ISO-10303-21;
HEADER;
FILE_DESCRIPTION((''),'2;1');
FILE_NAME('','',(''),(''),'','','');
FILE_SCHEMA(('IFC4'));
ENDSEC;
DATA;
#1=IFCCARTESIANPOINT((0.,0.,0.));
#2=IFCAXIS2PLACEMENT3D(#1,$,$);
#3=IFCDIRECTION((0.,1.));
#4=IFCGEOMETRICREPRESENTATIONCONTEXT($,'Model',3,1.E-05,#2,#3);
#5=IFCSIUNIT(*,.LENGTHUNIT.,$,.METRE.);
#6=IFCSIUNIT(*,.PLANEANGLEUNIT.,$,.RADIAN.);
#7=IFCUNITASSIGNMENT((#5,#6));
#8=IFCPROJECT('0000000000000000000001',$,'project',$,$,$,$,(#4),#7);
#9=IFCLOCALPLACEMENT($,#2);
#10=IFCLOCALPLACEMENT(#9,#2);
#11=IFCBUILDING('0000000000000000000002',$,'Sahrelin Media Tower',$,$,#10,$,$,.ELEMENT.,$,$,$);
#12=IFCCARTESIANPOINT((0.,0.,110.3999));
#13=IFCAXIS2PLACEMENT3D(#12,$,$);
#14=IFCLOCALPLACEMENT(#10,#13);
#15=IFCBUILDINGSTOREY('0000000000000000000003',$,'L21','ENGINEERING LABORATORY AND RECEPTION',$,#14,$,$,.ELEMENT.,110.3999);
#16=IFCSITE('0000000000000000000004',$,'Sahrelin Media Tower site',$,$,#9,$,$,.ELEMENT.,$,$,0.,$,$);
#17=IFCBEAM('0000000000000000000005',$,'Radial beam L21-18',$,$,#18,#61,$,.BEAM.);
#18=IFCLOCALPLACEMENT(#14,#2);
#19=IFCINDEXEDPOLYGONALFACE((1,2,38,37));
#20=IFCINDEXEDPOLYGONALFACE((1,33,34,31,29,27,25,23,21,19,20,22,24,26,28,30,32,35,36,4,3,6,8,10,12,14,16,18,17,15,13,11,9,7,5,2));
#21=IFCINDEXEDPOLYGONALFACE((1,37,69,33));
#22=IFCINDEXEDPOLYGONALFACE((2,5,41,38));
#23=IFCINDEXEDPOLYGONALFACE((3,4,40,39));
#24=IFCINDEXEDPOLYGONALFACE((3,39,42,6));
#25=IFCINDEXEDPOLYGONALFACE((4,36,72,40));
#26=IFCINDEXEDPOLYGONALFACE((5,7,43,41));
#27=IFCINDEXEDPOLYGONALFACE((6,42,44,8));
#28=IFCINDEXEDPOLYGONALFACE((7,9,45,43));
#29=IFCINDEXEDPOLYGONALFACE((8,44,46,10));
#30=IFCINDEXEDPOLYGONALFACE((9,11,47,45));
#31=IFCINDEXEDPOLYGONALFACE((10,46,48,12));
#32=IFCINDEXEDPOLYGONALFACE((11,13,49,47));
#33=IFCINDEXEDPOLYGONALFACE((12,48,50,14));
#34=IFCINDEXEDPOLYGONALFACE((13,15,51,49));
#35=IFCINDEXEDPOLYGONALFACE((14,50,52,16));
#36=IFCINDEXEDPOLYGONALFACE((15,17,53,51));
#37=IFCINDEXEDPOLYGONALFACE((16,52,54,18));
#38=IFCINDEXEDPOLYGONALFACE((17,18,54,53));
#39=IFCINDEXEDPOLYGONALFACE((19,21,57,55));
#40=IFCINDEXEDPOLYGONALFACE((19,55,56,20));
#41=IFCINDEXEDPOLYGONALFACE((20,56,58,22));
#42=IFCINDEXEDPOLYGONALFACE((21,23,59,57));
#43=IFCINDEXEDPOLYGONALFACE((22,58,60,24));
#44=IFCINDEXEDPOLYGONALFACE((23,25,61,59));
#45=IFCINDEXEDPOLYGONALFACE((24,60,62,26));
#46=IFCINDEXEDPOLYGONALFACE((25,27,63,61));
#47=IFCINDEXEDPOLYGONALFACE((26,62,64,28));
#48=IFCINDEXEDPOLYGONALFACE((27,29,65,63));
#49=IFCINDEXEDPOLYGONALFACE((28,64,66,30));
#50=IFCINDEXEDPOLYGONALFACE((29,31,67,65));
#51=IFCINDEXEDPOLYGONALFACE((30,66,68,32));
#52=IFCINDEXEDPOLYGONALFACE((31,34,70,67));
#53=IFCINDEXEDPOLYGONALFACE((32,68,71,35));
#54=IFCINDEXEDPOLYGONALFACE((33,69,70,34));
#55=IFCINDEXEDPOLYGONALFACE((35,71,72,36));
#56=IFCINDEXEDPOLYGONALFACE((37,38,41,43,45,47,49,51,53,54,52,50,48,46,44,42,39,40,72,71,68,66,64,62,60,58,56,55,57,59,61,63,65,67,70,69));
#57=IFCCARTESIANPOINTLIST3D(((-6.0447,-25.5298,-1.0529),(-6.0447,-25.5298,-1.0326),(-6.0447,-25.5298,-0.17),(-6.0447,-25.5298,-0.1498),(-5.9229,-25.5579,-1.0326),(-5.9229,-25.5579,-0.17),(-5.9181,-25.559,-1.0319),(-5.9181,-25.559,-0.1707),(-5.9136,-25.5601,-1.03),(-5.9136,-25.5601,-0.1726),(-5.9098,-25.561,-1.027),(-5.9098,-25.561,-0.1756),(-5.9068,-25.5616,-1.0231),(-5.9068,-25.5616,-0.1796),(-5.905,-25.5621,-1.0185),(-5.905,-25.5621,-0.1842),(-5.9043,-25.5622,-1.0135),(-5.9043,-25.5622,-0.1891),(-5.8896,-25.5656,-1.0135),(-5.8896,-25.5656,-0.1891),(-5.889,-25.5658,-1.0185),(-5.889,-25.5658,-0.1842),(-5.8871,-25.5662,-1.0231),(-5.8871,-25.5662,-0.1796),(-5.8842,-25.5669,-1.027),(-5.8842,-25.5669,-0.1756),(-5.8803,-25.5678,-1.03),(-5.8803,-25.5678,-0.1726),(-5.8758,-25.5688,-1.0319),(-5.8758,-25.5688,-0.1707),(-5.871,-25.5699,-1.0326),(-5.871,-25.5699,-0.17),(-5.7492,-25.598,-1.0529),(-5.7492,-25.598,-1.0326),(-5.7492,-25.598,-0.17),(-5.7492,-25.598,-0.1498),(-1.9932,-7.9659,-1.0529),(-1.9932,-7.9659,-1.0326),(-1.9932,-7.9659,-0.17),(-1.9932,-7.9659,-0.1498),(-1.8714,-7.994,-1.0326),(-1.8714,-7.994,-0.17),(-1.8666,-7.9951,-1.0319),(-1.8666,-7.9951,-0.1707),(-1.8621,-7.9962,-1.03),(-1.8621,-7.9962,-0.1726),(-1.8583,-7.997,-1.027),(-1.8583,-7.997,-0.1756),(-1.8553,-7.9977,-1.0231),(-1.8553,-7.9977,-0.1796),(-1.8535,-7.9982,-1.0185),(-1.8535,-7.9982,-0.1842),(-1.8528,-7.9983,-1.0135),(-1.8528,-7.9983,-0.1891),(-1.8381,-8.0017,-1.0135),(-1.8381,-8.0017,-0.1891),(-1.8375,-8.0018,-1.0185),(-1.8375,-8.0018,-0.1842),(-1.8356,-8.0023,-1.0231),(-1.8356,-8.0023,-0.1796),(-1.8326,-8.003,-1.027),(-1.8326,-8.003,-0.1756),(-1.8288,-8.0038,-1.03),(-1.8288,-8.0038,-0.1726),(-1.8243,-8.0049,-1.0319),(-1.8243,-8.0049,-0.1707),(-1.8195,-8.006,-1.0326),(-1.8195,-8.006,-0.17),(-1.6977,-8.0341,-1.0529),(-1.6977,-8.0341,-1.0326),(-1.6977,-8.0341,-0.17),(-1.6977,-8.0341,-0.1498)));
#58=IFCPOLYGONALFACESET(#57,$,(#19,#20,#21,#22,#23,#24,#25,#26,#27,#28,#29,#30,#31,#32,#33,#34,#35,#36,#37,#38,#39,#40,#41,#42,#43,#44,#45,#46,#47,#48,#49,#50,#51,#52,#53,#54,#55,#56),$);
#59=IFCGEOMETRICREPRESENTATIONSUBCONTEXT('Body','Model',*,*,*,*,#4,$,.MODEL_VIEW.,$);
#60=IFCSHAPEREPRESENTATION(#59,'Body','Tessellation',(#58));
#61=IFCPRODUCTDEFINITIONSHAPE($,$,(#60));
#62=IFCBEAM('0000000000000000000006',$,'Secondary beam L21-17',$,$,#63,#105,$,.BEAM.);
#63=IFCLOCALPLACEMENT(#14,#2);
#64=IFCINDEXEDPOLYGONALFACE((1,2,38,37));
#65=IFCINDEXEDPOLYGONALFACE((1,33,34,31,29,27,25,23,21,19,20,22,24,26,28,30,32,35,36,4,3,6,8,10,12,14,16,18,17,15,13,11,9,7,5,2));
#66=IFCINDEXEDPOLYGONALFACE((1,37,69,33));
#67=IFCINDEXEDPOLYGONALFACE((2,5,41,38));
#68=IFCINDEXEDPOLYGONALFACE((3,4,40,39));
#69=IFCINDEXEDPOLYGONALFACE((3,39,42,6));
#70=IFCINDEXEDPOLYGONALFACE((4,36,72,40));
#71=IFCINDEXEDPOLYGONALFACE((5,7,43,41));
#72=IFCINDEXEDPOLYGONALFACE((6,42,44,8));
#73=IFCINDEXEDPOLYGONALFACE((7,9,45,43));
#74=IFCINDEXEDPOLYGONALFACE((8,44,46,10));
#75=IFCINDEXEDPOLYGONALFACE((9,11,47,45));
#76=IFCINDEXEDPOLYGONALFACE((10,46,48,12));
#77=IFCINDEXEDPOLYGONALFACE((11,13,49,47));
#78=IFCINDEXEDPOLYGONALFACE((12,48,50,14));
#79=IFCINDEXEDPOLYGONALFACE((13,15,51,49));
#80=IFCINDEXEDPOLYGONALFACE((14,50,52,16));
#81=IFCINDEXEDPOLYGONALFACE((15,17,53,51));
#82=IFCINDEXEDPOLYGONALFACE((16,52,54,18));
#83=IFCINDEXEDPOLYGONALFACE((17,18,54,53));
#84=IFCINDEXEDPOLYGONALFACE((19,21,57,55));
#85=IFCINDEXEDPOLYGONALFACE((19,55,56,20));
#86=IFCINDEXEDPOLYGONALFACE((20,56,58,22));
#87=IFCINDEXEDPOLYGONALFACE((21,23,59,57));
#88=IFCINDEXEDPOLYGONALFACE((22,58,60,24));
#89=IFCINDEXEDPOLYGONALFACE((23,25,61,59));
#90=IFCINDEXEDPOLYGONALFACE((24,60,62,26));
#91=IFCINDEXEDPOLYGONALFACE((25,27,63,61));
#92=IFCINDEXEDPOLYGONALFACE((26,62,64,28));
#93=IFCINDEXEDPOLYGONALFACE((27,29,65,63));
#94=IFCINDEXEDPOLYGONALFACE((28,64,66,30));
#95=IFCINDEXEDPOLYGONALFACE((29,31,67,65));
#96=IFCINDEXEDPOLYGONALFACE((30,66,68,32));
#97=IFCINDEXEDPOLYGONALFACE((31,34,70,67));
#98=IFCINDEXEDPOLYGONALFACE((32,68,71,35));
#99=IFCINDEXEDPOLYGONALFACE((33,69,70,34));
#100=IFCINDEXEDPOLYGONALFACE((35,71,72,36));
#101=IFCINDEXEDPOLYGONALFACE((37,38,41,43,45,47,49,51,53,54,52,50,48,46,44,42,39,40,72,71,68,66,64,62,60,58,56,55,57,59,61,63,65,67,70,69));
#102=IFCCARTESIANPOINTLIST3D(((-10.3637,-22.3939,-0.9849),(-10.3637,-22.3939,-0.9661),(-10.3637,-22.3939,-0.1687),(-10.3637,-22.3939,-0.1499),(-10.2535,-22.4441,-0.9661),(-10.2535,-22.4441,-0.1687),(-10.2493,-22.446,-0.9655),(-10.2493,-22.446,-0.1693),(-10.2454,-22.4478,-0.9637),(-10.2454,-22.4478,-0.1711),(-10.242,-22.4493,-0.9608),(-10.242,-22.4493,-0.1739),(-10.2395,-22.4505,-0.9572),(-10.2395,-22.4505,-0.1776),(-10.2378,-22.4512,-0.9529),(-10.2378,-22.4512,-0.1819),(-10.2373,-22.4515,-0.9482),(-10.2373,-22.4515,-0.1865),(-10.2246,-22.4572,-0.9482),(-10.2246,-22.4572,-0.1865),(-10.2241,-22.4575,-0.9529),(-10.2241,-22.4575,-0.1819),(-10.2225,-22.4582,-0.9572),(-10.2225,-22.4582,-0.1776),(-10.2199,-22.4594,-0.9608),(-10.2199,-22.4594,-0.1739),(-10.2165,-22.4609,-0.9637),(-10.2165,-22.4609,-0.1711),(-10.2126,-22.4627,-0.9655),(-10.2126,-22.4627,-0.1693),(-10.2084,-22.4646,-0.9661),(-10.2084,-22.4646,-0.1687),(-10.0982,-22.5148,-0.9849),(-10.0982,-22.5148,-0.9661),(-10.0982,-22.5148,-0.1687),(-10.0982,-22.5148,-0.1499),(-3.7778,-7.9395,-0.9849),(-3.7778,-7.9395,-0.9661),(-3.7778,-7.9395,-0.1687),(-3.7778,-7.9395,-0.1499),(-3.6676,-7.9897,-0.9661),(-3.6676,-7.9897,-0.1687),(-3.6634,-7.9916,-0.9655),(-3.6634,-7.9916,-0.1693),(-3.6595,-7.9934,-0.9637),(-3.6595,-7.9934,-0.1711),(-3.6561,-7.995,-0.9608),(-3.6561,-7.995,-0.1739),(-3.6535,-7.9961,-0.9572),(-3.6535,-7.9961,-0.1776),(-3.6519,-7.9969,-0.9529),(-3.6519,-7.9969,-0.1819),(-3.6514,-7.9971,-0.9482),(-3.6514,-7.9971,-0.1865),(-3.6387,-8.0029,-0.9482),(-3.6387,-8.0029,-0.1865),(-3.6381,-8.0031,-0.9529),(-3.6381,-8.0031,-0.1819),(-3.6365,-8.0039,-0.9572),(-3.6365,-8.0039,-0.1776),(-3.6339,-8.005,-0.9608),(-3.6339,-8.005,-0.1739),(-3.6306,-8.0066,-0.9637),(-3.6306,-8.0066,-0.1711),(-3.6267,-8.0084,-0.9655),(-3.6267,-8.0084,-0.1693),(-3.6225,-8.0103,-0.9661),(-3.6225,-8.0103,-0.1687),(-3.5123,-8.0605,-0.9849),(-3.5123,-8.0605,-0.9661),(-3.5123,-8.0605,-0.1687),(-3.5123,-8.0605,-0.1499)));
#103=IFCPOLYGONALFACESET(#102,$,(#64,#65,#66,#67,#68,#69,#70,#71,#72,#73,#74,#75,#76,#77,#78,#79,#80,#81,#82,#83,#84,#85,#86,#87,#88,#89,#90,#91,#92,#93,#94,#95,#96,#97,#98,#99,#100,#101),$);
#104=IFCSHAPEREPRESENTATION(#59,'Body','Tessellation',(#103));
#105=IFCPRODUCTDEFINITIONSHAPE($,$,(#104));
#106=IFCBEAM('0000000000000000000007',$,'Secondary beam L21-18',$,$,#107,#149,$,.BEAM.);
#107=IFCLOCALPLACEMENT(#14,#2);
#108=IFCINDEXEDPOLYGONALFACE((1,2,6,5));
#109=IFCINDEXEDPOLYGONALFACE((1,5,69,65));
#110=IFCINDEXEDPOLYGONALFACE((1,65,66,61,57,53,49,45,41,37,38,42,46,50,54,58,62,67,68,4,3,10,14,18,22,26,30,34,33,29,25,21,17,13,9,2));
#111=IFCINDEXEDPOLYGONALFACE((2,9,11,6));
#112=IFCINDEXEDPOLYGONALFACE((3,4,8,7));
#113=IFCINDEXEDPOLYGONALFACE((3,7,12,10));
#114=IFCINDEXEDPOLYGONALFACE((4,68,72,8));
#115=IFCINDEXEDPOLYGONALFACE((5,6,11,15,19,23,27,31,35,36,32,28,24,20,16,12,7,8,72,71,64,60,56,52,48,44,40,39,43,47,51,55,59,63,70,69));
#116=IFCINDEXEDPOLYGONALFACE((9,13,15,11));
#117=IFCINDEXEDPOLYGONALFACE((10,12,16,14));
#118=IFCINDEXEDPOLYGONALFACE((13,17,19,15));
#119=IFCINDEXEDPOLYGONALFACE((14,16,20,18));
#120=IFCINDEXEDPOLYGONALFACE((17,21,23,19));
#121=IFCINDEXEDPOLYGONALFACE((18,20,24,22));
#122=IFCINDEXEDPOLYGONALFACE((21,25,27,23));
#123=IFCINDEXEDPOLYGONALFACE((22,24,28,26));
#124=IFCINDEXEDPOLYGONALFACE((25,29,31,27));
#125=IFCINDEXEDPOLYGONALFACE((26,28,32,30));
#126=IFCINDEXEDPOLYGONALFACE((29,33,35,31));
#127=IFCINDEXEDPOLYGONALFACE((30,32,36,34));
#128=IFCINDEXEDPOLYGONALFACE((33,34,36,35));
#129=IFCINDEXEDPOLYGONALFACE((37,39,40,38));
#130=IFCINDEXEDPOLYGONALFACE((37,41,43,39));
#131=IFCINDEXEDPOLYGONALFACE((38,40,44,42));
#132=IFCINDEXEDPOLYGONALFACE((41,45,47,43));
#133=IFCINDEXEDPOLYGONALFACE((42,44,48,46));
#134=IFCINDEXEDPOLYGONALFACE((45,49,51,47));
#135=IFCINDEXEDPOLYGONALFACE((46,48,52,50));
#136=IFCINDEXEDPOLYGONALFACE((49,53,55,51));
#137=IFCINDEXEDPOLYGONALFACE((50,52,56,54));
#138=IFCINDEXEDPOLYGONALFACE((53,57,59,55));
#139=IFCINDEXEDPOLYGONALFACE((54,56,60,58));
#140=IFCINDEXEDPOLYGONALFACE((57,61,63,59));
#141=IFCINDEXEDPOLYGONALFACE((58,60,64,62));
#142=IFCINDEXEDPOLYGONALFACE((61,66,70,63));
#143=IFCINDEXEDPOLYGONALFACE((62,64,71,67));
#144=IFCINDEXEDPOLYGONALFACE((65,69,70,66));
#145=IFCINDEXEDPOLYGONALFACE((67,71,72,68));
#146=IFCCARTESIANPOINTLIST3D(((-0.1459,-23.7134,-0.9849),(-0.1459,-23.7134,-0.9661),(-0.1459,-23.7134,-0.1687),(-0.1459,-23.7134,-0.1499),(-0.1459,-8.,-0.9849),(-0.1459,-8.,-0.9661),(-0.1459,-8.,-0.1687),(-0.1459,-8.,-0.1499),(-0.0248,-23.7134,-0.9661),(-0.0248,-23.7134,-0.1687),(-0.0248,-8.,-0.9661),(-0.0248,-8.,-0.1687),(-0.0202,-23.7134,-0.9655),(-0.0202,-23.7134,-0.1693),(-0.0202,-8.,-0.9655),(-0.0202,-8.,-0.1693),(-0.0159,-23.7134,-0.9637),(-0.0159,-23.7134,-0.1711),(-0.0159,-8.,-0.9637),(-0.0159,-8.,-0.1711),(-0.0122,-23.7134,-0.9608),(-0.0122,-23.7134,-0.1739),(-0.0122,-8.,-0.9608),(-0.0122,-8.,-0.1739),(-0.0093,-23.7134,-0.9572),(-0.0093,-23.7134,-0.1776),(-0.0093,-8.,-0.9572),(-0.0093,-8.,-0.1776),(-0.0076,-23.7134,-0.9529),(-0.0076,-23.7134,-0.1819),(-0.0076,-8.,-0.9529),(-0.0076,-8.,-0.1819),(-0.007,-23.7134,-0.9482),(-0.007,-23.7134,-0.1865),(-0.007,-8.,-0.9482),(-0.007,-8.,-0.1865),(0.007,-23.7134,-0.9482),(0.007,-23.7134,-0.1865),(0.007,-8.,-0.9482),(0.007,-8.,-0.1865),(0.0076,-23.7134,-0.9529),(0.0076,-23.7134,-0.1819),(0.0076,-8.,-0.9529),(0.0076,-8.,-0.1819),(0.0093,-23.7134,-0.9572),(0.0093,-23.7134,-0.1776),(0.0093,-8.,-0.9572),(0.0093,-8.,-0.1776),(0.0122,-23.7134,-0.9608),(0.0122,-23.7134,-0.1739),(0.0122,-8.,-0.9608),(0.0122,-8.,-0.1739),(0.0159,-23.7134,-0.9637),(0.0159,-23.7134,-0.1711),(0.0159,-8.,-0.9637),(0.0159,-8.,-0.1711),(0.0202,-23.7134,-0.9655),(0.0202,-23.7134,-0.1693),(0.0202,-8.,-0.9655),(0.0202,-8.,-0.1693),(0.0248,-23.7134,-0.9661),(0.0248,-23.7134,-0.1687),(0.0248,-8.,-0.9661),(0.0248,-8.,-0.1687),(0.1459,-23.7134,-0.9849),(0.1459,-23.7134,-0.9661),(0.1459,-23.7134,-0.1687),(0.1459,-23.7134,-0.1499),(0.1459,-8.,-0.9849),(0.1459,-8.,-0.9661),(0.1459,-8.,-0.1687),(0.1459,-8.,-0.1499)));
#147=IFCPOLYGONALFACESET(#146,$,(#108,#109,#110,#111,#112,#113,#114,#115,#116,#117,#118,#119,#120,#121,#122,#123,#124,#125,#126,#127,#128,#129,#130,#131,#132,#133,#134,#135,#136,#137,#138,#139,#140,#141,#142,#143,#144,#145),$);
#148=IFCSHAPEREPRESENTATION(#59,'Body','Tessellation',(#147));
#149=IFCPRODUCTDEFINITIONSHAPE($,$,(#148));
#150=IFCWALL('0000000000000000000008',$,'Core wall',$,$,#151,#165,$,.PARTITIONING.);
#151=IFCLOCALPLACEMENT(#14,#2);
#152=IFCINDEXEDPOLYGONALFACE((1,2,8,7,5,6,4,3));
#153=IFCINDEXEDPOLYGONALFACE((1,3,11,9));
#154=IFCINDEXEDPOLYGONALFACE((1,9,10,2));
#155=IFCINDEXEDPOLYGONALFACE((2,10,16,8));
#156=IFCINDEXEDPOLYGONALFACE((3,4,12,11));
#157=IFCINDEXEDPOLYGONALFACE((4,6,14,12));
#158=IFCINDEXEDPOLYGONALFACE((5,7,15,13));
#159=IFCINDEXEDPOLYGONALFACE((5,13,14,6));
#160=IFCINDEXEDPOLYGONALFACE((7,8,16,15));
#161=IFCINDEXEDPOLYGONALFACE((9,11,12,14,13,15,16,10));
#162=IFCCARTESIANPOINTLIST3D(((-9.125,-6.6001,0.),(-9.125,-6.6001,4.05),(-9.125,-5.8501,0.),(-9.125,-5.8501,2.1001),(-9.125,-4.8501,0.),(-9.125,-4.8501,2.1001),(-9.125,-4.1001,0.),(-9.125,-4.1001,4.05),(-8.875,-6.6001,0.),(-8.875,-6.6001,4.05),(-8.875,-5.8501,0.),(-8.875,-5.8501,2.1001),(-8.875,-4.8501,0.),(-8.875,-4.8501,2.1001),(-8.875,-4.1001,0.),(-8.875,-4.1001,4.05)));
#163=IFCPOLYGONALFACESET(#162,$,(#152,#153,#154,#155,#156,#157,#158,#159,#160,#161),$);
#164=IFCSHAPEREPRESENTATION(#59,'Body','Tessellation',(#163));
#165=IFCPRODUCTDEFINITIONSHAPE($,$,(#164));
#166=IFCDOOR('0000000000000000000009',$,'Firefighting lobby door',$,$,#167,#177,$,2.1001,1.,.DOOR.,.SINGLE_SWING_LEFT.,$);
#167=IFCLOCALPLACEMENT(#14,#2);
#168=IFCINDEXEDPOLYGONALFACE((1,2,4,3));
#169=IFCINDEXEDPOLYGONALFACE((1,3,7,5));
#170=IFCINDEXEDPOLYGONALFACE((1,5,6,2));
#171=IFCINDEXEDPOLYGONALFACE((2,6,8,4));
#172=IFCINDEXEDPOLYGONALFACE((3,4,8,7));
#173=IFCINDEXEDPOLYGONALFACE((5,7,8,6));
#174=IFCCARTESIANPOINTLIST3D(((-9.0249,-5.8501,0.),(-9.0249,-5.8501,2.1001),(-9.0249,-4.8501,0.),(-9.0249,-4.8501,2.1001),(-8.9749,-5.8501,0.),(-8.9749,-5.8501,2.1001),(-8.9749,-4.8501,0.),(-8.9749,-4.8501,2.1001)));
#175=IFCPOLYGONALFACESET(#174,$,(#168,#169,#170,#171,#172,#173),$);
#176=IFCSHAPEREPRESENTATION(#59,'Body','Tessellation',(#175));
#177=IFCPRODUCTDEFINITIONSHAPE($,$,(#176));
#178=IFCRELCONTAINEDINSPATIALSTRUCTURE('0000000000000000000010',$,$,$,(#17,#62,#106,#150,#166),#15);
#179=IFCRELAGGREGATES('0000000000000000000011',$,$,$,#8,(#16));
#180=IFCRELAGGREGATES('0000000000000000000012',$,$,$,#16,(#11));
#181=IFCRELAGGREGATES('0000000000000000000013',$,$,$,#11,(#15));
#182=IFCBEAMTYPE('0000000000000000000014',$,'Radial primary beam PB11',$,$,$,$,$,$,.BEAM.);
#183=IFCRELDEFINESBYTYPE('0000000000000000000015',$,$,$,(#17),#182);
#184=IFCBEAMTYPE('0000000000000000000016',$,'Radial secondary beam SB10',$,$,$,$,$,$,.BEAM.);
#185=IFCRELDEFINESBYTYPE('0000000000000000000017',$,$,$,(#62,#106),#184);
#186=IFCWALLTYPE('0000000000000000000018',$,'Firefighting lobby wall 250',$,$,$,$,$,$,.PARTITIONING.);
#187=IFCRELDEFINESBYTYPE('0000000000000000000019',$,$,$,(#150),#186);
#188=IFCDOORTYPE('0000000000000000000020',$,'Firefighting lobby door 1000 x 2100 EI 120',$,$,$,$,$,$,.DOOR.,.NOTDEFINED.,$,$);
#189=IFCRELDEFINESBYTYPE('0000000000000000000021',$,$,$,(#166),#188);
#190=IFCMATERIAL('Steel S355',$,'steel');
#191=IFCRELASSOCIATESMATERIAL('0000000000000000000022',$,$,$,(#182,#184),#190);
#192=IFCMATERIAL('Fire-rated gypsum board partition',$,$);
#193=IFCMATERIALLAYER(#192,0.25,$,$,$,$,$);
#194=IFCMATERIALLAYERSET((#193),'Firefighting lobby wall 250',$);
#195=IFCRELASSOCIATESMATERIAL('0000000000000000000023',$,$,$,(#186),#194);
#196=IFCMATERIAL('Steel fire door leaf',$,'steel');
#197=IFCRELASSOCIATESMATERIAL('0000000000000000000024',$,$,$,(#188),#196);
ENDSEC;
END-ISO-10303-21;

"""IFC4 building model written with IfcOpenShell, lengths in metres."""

from ifc_helpers import new_model, si_unit, direction, frame, frame_2d, origin, origin_2d, place, context, subcontext, project, spatial, rectangle, i_section, extrude, material, layer, layer_set, material_profile, profile_set, type_object, element, fill, save


model = new_model("IFC4")

# Units and contexts
model_context = context("Model", 3, precision=1e-05, world=origin(), true_north=direction((0.0, 1.0)))
body_context = subcontext(model_context, "Body", "Model", "MODEL_VIEW")
ifc_project = project(units=[si_unit("LENGTHUNIT", "METRE"), si_unit("PLANEANGLEUNIT", "RADIAN")], contexts=[model_context])

# Site, building, storey
site_placement = place(None, origin())
site = spatial("IfcSite", under=ifc_project, at=site_placement, Name="Sahrelin Media Tower site", CompositionType="ELEMENT", RefElevation=0.0)
building_placement = place(site_placement, origin())
building = spatial("IfcBuilding", under=site, at=building_placement, Name="Sahrelin Media Tower", CompositionType="ELEMENT")
storey_placement = place(building_placement, frame((0.0, 0.0, 110.3999)))
storey = spatial("IfcBuildingStorey", under=building, at=storey_placement, Name="L21", Description="ENGINEERING LABORATORY AND RECEPTION", CompositionType="ELEMENT", Elevation=110.3999)

# Beams
ifc_material_1 = material(Name="Steel S355", Category="steel")
ifc_material_profile_1 = material_profile(ifc_material_1, i_section(OverallWidth=0.3032, OverallDepth=0.9031, WebThickness=0.0151, FlangeThickness=0.0203, FilletRadius=0.019, at=origin_2d()), Name="UB 914x305x201")
ifc_profile_set_1 = profile_set([ifc_material_profile_1], Name="Steel S355")
beam_type_1 = type_object("IfcBeamType", Name="Radial primary beam PB11", PredefinedType="BEAM", material=ifc_profile_set_1)
beam_1_placement = place(storey_placement, frame((-1.8455, -8.0, -0.6013), z_axis=(-0.224769, -0.974412, 0.0), x_axis=(0.974412, -0.224769, 0.0)))
element("IfcBeam", 1, at=beam_1_placement, inside=storey, type_object=beam_type_1, Name="Radial beam L21-18", PredefinedType="BEAM", context=body_context, shape_type="SweptSolid", body=[
    extrude(i_section(OverallWidth=0.3032, OverallDepth=0.9031, WebThickness=0.0151, FlangeThickness=0.0203, FilletRadius=0.019, at=origin_2d()), origin(), (0.0, 0.0, 1.0), 18.0251),
])
ifc_material_profile_2 = material_profile(ifc_material_1, i_section(OverallWidth=0.2917, OverallDepth=0.835, WebThickness=0.0139, FlangeThickness=0.0188, FilletRadius=0.0178, at=origin_2d()), Name="UB 838x292x176")
ifc_profile_set_2 = profile_set([ifc_material_profile_2], Name="Steel S355")
beam_type_2 = type_object("IfcBeamType", Name="Radial secondary beam SB10", PredefinedType="BEAM", material=ifc_profile_set_2)
beam_2_placement = place(storey_placement, frame((-3.645, -8.0, -0.5674), z_axis=(-0.414626, -0.909992, 0.0), x_axis=(0.909992, -0.414626, 0.0)))
element("IfcBeam", 2, at=beam_2_placement, inside=storey, type_object=beam_type_2, Name="Secondary beam L21-17", PredefinedType="BEAM", context=body_context, shape_type="SweptSolid", body=[
    extrude(i_section(OverallWidth=0.2917, OverallDepth=0.835, WebThickness=0.0139, FlangeThickness=0.0188, FilletRadius=0.0178, at=origin_2d()), origin(), (0.0, 0.0, 1.0), 15.884),
])
beam_3_placement = place(storey_placement, frame((0.0, -8.0, -0.5674), z_axis=(0.0, -1.0, 0.0), x_axis=(1.0, 0.0, 0.0)))
element("IfcBeam", 3, at=beam_3_placement, inside=storey, type_object=beam_type_2, Name="Secondary beam L21-18", PredefinedType="BEAM", context=body_context, shape_type="SweptSolid", body=[
    extrude(i_section(OverallWidth=0.2917, OverallDepth=0.835, WebThickness=0.0139, FlangeThickness=0.0188, FilletRadius=0.0178, at=origin_2d()), origin(), (0.0, 0.0, 1.0), 15.7134),
])

# Wall, opening, door
ifc_material_2 = material(Name="Fire-rated gypsum board partition")
ifc_layer_1 = layer(ifc_material_2, 0.25)
ifc_layer_set_1 = layer_set([ifc_layer_1], Name="Firefighting lobby wall 250")
wall_type_1 = type_object("IfcWallType", Name="Firefighting lobby wall 250", PredefinedType="PARTITIONING", material=ifc_layer_set_1)
wall_1_placement = place(storey_placement, frame((-9.0, -6.6001, 0.0), z_axis=(0.0, 0.0, 1.0), x_axis=(0.0, 1.0, 0.0)))
wall_1 = element("IfcWall", 4, at=wall_1_placement, inside=storey, type_object=wall_type_1, Name="Core wall", PredefinedType="PARTITIONING", context=body_context, shape_type="SweptSolid", body=[
    extrude(rectangle(XDim=2.5, YDim=0.25, at=frame_2d((1.25, 0.0))), origin(), (0.0, 0.0, 1.0), 4.05),
])
opening_1_placement = place(wall_1_placement, frame((0.75, 0.0, 0.0)))
opening_1 = element("IfcOpeningElement", 5, at=opening_1_placement, cuts=wall_1, PredefinedType="OPENING", context=body_context, shape_type="SweptSolid", body=[
    extrude(rectangle(XDim=1.0, YDim=2.1001, at=frame_2d((0.5, 1.05))), frame((0.0, 0.125, 0.0), z_axis=(0.0, -1.0, 0.0), x_axis=(1.0, 0.0, 0.0)), (0.0, 0.0, 1.0), 0.25),
])
ifc_material_3 = material(Name="Steel fire door leaf", Category="steel")
door_type_1 = type_object("IfcDoorType", Name="Firefighting lobby door 1000 x 2100 EI 120", OperationType="NOTDEFINED", PredefinedType="DOOR", material=ifc_material_3)
door_1_placement = place(opening_1_placement, origin())
door_1 = element("IfcDoor", 6, at=door_1_placement, inside=storey, type_object=door_type_1, Name="Firefighting lobby door", OperationType="SINGLE_SWING_LEFT", OverallHeight=2.1001, OverallWidth=1.0, PredefinedType="DOOR", context=body_context, shape_type="SweptSolid", body=[
    extrude(rectangle(XDim=1.0, YDim=2.1001, at=frame_2d((0.5, 1.05))), frame((0.0, 0.0249, 0.0), z_axis=(0.0, -1.0, 0.0), x_axis=(1.0, 0.0, 0.0)), (0.0, 0.0, 1.0), 0.05),
])
fill(opening_1, door_1)

save(model, "model.ifc")
